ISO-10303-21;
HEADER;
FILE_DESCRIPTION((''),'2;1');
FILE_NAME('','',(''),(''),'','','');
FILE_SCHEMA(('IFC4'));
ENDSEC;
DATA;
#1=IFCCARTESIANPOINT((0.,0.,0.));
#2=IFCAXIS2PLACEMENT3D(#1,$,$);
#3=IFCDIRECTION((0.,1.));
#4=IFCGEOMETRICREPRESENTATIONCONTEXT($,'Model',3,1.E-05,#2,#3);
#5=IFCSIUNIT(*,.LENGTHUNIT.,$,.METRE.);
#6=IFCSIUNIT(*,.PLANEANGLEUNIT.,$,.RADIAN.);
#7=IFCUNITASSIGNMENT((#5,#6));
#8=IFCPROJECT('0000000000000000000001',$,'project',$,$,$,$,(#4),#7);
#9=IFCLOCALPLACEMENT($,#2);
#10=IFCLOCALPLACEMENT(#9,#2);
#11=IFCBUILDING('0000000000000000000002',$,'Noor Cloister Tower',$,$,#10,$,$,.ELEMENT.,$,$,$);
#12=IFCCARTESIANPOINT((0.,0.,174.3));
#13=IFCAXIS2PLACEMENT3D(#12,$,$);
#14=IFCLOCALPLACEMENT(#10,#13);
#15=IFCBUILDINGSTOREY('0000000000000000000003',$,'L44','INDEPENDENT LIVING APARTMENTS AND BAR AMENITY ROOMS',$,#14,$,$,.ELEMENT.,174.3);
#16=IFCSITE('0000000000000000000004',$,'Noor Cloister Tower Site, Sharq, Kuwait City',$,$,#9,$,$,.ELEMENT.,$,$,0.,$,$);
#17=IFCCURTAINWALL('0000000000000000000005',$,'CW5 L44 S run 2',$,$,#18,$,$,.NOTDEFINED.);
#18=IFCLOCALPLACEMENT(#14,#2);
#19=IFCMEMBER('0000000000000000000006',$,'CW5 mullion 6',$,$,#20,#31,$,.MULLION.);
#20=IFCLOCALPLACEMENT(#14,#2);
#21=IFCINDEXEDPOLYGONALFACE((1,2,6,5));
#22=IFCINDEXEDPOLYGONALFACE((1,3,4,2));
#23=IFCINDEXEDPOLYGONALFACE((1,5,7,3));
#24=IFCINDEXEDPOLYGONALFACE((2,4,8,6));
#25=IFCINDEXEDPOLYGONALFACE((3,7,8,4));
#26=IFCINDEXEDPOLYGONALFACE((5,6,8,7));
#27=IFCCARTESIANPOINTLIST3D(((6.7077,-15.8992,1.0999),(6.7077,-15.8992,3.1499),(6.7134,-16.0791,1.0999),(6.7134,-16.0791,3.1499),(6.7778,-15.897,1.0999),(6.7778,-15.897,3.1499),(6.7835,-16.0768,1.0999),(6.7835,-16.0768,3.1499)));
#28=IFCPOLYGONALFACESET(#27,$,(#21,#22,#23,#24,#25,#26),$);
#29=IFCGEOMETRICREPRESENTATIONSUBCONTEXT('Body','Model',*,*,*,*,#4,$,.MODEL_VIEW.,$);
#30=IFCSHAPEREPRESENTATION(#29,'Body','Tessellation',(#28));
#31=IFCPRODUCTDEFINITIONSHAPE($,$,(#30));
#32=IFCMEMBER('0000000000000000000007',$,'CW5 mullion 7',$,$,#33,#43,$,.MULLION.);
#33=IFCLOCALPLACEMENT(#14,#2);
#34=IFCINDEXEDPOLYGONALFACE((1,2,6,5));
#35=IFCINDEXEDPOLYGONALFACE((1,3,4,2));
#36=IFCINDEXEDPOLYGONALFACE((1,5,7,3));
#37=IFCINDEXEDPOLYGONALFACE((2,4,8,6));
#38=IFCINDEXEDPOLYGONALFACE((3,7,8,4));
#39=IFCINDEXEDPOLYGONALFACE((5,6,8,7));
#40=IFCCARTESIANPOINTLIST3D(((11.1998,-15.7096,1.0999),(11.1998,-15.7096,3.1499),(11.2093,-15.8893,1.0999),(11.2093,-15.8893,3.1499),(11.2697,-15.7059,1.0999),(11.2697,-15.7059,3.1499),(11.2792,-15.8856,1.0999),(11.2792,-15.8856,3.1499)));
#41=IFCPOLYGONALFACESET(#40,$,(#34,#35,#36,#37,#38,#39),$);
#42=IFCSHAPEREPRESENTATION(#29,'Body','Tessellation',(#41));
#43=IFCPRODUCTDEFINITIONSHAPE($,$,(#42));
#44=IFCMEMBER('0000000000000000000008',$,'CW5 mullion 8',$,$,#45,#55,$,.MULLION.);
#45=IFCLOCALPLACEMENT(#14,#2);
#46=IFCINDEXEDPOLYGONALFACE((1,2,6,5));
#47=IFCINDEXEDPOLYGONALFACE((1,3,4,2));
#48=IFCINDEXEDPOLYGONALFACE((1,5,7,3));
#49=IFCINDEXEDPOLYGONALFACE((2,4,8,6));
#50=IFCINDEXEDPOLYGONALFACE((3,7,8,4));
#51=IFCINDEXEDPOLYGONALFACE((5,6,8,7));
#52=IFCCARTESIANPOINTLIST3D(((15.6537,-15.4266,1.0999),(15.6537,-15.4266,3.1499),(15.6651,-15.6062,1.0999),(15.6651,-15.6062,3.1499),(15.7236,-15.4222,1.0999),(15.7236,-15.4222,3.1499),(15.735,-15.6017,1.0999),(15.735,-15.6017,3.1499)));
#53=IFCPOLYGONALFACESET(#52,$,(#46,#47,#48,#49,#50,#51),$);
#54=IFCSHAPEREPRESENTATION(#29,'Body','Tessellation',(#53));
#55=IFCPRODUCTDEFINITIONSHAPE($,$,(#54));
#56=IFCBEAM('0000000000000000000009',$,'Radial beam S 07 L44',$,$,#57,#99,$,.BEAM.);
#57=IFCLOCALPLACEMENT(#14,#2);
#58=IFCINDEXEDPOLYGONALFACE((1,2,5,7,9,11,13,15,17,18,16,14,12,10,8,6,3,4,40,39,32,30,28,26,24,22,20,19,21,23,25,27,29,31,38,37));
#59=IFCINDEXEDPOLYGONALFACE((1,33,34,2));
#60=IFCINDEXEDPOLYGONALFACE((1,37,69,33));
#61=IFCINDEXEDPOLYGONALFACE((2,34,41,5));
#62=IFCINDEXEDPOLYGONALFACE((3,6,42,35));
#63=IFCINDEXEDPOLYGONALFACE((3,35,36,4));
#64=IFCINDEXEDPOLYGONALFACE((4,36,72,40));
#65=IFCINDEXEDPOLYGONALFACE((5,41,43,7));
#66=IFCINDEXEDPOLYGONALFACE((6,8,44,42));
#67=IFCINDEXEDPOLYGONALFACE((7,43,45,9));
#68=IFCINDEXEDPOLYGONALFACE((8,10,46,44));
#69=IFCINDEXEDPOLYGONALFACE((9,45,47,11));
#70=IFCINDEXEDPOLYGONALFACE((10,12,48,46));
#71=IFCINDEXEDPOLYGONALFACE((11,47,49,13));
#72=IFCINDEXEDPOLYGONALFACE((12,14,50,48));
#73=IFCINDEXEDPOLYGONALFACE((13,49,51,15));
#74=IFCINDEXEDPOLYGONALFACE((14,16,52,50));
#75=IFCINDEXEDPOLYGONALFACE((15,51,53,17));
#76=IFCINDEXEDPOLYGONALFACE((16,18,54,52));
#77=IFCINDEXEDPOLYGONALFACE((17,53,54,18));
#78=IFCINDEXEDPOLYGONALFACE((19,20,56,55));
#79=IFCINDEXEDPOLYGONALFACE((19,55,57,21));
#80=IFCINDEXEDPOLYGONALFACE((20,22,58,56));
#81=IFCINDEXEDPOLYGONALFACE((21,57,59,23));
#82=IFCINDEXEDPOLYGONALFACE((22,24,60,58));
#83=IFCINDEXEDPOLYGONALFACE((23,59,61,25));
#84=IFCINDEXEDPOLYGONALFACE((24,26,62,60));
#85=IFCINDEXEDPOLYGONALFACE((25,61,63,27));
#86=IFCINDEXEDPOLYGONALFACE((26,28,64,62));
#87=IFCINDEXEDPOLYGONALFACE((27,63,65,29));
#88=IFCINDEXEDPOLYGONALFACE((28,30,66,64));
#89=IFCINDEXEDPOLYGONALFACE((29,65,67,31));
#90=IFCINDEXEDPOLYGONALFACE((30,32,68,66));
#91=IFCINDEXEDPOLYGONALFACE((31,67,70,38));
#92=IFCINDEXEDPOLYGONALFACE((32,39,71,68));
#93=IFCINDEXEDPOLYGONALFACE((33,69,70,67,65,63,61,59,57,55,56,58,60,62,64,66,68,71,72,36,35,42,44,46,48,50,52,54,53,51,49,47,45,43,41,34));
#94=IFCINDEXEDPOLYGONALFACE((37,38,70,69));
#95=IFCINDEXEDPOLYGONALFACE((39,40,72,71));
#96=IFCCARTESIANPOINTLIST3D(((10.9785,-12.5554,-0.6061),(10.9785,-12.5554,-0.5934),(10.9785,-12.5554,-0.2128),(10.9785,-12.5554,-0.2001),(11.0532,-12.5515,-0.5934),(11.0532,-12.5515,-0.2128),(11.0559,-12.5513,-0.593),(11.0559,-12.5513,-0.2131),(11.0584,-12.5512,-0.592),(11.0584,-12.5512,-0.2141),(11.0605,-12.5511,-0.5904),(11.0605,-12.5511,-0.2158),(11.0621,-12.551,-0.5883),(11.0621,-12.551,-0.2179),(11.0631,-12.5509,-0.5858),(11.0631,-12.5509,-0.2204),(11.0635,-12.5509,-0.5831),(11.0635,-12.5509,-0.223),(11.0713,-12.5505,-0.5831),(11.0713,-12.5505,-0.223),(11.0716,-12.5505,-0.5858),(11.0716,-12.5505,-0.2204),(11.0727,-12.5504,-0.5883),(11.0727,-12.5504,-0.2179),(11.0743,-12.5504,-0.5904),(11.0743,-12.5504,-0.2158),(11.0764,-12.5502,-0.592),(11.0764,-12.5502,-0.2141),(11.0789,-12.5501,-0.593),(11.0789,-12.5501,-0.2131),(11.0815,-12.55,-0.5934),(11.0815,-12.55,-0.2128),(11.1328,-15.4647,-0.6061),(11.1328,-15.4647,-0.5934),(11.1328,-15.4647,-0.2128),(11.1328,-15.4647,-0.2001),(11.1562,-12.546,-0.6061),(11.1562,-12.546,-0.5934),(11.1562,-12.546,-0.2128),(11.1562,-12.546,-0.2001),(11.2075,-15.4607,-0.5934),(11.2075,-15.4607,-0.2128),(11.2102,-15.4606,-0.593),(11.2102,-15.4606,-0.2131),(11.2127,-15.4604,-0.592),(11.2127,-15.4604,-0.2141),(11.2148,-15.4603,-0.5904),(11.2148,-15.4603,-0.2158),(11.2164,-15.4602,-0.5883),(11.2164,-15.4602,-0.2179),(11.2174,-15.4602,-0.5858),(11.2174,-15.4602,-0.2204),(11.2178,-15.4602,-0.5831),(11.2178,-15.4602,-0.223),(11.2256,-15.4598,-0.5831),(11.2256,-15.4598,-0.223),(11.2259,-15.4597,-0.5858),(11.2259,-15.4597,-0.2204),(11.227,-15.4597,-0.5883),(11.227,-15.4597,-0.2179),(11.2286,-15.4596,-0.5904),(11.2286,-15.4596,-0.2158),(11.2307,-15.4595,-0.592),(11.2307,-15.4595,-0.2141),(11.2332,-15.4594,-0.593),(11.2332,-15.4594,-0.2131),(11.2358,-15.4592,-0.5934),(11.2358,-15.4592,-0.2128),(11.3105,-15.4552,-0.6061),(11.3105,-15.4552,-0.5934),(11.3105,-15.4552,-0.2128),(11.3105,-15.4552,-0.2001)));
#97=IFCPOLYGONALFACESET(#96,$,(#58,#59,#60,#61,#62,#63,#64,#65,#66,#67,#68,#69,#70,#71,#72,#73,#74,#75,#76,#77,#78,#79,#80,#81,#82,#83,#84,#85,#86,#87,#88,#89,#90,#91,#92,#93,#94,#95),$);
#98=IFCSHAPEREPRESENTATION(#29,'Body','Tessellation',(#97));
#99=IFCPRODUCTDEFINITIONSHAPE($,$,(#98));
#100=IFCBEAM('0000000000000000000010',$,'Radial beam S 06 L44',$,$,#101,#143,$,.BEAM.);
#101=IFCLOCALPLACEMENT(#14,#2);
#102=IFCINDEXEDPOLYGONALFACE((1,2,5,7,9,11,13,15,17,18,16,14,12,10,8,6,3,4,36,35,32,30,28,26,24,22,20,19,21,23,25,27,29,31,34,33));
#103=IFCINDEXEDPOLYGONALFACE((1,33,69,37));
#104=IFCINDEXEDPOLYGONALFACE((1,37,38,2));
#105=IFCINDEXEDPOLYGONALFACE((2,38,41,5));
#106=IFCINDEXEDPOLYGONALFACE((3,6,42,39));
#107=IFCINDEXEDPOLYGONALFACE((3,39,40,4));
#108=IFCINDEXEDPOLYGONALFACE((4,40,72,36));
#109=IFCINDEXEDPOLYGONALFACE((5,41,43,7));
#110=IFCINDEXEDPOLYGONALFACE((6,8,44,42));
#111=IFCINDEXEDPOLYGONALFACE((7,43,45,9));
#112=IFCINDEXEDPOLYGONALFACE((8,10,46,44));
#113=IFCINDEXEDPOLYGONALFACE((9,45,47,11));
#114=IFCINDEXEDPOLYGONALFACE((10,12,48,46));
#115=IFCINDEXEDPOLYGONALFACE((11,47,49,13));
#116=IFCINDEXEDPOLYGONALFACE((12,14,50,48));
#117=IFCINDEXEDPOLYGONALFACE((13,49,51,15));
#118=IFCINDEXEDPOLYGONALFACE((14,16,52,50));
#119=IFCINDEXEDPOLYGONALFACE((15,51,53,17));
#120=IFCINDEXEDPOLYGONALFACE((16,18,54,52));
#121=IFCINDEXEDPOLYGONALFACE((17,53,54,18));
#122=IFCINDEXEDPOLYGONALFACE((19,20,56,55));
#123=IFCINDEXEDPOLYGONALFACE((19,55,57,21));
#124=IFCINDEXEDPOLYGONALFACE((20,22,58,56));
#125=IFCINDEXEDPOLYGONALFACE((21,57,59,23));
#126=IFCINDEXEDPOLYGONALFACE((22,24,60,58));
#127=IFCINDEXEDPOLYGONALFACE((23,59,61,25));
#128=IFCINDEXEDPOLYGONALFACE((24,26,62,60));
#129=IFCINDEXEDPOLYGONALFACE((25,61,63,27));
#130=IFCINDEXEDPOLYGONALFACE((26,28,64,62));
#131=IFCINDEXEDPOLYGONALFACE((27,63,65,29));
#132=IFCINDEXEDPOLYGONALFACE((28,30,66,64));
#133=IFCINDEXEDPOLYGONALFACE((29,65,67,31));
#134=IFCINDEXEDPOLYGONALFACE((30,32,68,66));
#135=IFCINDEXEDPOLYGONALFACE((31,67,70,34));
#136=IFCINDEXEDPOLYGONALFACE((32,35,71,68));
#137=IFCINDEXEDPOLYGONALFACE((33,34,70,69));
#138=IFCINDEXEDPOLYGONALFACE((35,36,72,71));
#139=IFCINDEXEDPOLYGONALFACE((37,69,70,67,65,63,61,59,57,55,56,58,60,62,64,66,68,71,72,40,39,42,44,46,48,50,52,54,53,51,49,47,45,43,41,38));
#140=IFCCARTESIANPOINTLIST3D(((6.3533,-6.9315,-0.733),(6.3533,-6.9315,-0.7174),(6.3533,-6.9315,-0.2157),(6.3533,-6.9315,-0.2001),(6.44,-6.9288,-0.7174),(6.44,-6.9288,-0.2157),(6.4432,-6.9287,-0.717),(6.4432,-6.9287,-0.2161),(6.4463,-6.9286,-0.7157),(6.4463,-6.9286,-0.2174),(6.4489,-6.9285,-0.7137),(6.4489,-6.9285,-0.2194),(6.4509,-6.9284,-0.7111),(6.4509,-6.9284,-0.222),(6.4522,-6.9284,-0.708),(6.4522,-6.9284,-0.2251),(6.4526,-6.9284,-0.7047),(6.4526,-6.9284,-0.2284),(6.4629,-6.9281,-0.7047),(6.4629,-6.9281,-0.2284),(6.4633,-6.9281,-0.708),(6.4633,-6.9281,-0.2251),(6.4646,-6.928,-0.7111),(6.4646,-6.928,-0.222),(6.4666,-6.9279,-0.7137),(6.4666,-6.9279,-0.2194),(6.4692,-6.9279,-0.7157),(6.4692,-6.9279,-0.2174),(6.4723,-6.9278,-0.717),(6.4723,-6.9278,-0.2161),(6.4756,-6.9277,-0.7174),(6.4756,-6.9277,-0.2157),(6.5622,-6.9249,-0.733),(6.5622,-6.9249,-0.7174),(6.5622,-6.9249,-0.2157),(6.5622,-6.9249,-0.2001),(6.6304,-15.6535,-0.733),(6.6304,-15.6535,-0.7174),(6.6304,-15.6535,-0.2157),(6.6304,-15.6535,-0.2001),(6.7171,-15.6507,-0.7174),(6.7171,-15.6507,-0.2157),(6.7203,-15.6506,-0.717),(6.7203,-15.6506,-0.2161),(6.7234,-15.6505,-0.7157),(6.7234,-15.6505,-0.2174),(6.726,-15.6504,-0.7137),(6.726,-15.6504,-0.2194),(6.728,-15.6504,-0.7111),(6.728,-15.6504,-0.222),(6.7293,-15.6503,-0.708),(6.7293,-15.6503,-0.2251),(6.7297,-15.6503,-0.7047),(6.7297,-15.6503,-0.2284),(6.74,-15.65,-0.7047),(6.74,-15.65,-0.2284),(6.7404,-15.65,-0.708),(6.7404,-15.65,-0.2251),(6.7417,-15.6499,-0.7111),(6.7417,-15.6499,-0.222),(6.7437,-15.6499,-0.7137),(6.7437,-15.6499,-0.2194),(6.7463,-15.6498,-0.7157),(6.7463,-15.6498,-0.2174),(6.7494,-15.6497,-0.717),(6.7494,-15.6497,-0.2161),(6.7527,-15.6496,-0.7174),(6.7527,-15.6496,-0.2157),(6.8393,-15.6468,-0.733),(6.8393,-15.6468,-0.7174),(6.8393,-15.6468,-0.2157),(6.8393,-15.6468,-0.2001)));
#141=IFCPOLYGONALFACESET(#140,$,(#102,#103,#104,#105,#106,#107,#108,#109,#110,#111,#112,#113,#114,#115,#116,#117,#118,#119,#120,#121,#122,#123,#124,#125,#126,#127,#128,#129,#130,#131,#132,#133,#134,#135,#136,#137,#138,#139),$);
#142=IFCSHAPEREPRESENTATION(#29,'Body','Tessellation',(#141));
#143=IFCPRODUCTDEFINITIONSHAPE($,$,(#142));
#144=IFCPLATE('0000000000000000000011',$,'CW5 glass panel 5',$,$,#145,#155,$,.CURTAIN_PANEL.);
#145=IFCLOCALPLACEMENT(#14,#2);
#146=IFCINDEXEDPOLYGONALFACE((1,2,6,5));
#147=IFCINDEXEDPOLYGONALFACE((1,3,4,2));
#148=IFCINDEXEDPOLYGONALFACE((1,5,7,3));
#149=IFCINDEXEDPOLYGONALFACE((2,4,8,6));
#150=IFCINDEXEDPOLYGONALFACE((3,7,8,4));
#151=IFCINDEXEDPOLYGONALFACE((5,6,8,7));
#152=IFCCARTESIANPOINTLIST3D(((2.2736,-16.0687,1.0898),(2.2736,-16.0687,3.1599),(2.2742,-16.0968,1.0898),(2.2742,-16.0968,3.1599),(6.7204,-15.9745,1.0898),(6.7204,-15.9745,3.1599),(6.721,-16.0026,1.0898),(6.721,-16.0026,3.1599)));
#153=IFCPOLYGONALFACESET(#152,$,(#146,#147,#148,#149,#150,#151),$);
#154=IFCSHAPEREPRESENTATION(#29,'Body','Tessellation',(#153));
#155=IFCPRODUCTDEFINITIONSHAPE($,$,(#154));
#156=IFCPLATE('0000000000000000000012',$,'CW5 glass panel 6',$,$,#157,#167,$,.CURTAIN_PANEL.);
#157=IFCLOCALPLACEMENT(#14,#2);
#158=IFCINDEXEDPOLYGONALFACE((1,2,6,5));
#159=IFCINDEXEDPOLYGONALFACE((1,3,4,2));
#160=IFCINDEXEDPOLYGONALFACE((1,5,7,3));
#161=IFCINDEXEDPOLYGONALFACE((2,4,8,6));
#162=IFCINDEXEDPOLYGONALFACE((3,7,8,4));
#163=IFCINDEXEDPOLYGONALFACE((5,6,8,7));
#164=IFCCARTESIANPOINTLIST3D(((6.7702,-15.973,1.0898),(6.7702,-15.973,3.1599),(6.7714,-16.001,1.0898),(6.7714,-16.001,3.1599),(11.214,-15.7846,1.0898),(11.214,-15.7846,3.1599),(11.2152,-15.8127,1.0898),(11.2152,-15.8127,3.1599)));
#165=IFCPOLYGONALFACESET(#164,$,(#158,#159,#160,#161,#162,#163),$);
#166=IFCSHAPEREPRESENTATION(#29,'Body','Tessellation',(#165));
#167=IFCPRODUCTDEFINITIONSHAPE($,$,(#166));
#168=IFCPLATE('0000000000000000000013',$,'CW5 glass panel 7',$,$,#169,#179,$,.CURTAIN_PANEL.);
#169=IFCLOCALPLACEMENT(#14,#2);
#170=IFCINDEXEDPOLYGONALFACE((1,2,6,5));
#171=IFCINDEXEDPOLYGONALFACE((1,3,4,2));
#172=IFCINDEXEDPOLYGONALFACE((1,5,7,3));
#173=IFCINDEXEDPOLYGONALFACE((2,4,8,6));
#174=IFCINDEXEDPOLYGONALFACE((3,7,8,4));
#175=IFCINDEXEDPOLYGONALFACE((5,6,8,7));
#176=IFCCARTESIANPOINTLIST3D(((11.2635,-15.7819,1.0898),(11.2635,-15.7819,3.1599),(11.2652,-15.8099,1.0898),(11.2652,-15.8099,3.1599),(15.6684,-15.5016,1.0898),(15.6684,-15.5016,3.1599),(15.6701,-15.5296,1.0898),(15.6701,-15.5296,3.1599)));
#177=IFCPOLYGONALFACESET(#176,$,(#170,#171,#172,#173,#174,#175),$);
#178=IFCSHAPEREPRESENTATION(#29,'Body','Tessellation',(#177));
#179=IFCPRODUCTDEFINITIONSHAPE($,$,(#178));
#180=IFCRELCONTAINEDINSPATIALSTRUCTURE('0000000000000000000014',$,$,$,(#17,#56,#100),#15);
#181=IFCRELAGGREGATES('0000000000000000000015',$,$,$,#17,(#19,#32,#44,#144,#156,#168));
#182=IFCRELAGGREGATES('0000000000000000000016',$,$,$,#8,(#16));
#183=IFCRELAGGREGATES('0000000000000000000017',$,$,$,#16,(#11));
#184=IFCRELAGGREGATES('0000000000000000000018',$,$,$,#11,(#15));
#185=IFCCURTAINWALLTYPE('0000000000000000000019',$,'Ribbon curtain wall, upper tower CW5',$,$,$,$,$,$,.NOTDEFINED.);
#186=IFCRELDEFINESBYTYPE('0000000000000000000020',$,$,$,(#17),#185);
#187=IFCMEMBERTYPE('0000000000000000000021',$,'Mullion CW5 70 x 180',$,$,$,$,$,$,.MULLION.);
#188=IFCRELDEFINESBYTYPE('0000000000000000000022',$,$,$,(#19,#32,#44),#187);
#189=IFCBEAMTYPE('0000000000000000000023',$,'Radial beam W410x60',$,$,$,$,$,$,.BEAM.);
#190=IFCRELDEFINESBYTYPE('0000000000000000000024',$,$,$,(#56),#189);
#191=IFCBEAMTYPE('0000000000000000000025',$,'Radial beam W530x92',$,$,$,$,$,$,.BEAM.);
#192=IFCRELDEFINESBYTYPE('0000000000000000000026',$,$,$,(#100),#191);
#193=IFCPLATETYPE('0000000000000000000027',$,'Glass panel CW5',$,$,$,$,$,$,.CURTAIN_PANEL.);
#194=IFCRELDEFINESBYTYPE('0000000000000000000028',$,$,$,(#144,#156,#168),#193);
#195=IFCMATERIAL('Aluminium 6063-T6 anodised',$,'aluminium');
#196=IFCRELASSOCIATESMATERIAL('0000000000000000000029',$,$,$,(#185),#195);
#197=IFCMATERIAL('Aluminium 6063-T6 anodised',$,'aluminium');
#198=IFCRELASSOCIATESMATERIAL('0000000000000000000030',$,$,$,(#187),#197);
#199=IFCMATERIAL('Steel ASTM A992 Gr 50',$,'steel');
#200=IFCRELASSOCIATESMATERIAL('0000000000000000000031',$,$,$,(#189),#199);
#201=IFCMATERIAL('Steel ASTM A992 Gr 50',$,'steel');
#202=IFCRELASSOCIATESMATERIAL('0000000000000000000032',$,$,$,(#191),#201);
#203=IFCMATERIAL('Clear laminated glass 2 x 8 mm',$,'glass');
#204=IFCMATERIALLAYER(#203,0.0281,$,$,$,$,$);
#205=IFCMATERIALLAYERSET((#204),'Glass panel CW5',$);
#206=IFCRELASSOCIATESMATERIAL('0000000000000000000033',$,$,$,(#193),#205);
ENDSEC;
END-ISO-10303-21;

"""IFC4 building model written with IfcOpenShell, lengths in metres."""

from ifc_helpers import new_model, si_unit, direction, frame, origin, origin_2d, place, context, subcontext, project, spatial, rectangle, i_section, extrude, material, layer, layer_set, material_profile, profile_set, type_object, element, aggregate, save


model = new_model("IFC4")

# Units and contexts
model_context = context("Model", 3, precision=1e-05, world=origin(), true_north=direction((0.0, 1.0)))
body_context = subcontext(model_context, "Body", "Model", "MODEL_VIEW")
ifc_project = project(units=[si_unit("LENGTHUNIT", "METRE"), si_unit("PLANEANGLEUNIT", "RADIAN")], contexts=[model_context])

# Site, building, storey
site_placement = place(None, origin())
site = spatial("IfcSite", under=ifc_project, at=site_placement, Name="Noor Cloister Tower Site, Sharq, Kuwait City", CompositionType="ELEMENT", RefElevation=0.0)
building_placement = place(site_placement, origin())
building = spatial("IfcBuilding", under=site, at=building_placement, Name="Noor Cloister Tower", CompositionType="ELEMENT")
storey_placement = place(building_placement, frame((0.0, 0.0, 174.3)))
storey = spatial("IfcBuildingStorey", under=building, at=storey_placement, Name="L44", Description="INDEPENDENT LIVING APARTMENTS AND BAR AMENITY ROOMS", CompositionType="ELEMENT", Elevation=174.3)

# Curtain wall, members
ifc_material_1 = material(Name="Aluminium 6063-T6 anodised", Category="aluminium")
curtain_wall_type = type_object("IfcCurtainWallType", Name="Ribbon curtain wall, upper tower CW5", PredefinedType="NOTDEFINED", material=ifc_material_1)
curtain_wall_placement = place(storey_placement, origin())
curtain_wall = element("IfcCurtainWall", 1, at=curtain_wall_placement, inside=storey, type_object=curtain_wall_type, Name="CW5 L44 S run 2", PredefinedType="NOTDEFINED")
ifc_material_2 = material(Name="Aluminium 6063-T6 anodised", Category="aluminium")
ifc_material_profile_1 = material_profile(ifc_material_2, rectangle(XDim=0.1799, YDim=0.0701, at=origin_2d()), Name="180 x 70 mullion")
ifc_profile_set_1 = profile_set([ifc_material_profile_1], Name="Aluminium 6063-T6 anodised")
member_type = type_object("IfcMemberType", Name="Mullion CW5 70 x 180", PredefinedType="MULLION", material=ifc_profile_set_1)
member_1_placement = place(storey_placement, frame((6.7456, -15.988, 1.0999), z_axis=(0.0, 0.0, 1.0), x_axis=(-0.031767, 0.999495, 0.0)))
member_1 = element("IfcMember", 2, at=member_1_placement, type_object=member_type, Name="CW5 mullion 6", PredefinedType="MULLION", context=body_context, shape_type="SweptSolid", body=[
    extrude(rectangle(XDim=0.1799, YDim=0.0701, at=origin_2d()), origin(), (0.0, 0.0, 1.0), 2.05),
])
member_2_placement = place(storey_placement, frame((11.2395, -15.7976, 1.0999), z_axis=(0.0, 0.0, 1.0), x_axis=(-0.052929, 0.998598, 0.0)))
member_2 = element("IfcMember", 3, at=member_2_placement, type_object=member_type, Name="CW5 mullion 7", PredefinedType="MULLION", context=body_context, shape_type="SweptSolid", body=[
    extrude(rectangle(XDim=0.1799, YDim=0.0701, at=origin_2d()), origin(), (0.0, 0.0, 1.0), 2.05),
])
member_3_placement = place(storey_placement, frame((15.6943, -15.5142, 1.0999), z_axis=(0.0, 0.0, 1.0), x_axis=(-0.063502, 0.997982, 0.0)))
member_3 = element("IfcMember", 4, at=member_3_placement, type_object=member_type, Name="CW5 mullion 8", PredefinedType="MULLION", context=body_context, shape_type="SweptSolid", body=[
    extrude(rectangle(XDim=0.1799, YDim=0.0701, at=origin_2d()), origin(), (0.0, 0.0, 1.0), 2.05),
])

# Beams
ifc_material_3 = material(Name="Steel ASTM A992 Gr 50", Category="steel")
ifc_material_profile_2 = material_profile(ifc_material_3, i_section(OverallWidth=0.178, OverallDepth=0.406, WebThickness=0.0078, FlangeThickness=0.0127, FilletRadius=0.0103, at=origin_2d()), Name="W410x60")
ifc_profile_set_2 = profile_set([ifc_material_profile_2], Name="Steel ASTM A992 Gr 50")
beam_type_1 = type_object("IfcBeamType", Name="Radial beam W410x60", PredefinedType="BEAM", material=ifc_profile_set_2)
beam_1_placement = place(storey_placement, frame((11.2217, -15.46, -0.4031), z_axis=(-0.052963, 0.998596, 0.0), x_axis=(-0.998596, -0.052963, 0.0)))
element("IfcBeam", 5, at=beam_1_placement, inside=storey, type_object=beam_type_1, Name="Radial beam S 07 L44", PredefinedType="BEAM", context=body_context, shape_type="SweptSolid", body=[
    extrude(i_section(OverallWidth=0.178, OverallDepth=0.406, WebThickness=0.0078, FlangeThickness=0.0127, FilletRadius=0.0103, at=origin_2d()), origin(), (0.0, 0.0, 1.0), 2.9133),
])
ifc_material_4 = material(Name="Steel ASTM A992 Gr 50", Category="steel")
ifc_material_profile_3 = material_profile(ifc_material_4, i_section(OverallWidth=0.209, OverallDepth=0.533, WebThickness=0.0103, FlangeThickness=0.0156, FilletRadius=0.0127, at=origin_2d()), Name="W530x92")
ifc_profile_set_3 = profile_set([ifc_material_profile_3], Name="Steel ASTM A992 Gr 50")
beam_type_2 = type_object("IfcBeamType", Name="Radial beam W530x92", PredefinedType="BEAM", material=ifc_profile_set_3)
beam_2_placement = place(storey_placement, frame((6.7349, -15.6501, -0.4666), z_axis=(-0.031754, 0.999496, 0.0), x_axis=(-0.999496, -0.031754, 0.0)))
element("IfcBeam", 6, at=beam_2_placement, inside=storey, type_object=beam_type_2, Name="Radial beam S 06 L44", PredefinedType="BEAM", context=body_context, shape_type="SweptSolid", body=[
    extrude(i_section(OverallWidth=0.209, OverallDepth=0.533, WebThickness=0.0103, FlangeThickness=0.0156, FilletRadius=0.0127, at=origin_2d()), origin(), (0.0, 0.0, 1.0), 8.7263),
])

# Plates
ifc_material_5 = material(Name="Clear laminated glass 2 x 8 mm", Category="glass")
ifc_layer_1 = layer(ifc_material_5, 0.0281)
ifc_layer_set_1 = layer_set([ifc_layer_1], Name="Glass panel CW5")
plate_type = type_object("IfcPlateType", Name="Glass panel CW5", PredefinedType="CURTAIN_PANEL", material=ifc_layer_set_1)
plate_1_placement = place(storey_placement, frame((4.4973, -16.0356, 1.0898), z_axis=(0.0, 0.0, 1.0), x_axis=(0.999776, 0.02118, 0.0)))
plate_1 = element("IfcPlate", 7, at=plate_1_placement, type_object=plate_type, Name="CW5 glass panel 5", PredefinedType="CURTAIN_PANEL", context=body_context, shape_type="SweptSolid", body=[
    extrude(rectangle(XDim=4.4478, YDim=0.0281, at=origin_2d()), origin(), (0.0, 0.0, 1.0), 2.0701),
])
plate_2_placement = place(storey_placement, frame((8.9927, -15.8928, 1.0898), z_axis=(0.0, 0.0, 1.0), x_axis=(0.999103, 0.042351, 0.0)))
plate_2 = element("IfcPlate", 8, at=plate_2_placement, type_object=plate_type, Name="CW5 glass panel 6", PredefinedType="CURTAIN_PANEL", context=body_context, shape_type="SweptSolid", body=[
    extrude(rectangle(XDim=4.4478, YDim=0.0281, at=origin_2d()), origin(), (0.0, 0.0, 1.0), 2.0701),
])
plate_3_placement = place(storey_placement, frame((13.4668, -15.6558, 1.0898), z_axis=(0.0, 0.0, 1.0), x_axis=(0.997982, 0.063502, 0.0)))
plate_3 = element("IfcPlate", 9, at=plate_3_placement, type_object=plate_type, Name="CW5 glass panel 7", PredefinedType="CURTAIN_PANEL", context=body_context, shape_type="SweptSolid", body=[
    extrude(rectangle(XDim=4.4138, YDim=0.0281, at=origin_2d()), origin(), (0.0, 0.0, 1.0), 2.0701),
])
aggregate(curtain_wall, [member_1, member_2, member_3, plate_1, plate_2, plate_3])

save(model, "model.ifc")
